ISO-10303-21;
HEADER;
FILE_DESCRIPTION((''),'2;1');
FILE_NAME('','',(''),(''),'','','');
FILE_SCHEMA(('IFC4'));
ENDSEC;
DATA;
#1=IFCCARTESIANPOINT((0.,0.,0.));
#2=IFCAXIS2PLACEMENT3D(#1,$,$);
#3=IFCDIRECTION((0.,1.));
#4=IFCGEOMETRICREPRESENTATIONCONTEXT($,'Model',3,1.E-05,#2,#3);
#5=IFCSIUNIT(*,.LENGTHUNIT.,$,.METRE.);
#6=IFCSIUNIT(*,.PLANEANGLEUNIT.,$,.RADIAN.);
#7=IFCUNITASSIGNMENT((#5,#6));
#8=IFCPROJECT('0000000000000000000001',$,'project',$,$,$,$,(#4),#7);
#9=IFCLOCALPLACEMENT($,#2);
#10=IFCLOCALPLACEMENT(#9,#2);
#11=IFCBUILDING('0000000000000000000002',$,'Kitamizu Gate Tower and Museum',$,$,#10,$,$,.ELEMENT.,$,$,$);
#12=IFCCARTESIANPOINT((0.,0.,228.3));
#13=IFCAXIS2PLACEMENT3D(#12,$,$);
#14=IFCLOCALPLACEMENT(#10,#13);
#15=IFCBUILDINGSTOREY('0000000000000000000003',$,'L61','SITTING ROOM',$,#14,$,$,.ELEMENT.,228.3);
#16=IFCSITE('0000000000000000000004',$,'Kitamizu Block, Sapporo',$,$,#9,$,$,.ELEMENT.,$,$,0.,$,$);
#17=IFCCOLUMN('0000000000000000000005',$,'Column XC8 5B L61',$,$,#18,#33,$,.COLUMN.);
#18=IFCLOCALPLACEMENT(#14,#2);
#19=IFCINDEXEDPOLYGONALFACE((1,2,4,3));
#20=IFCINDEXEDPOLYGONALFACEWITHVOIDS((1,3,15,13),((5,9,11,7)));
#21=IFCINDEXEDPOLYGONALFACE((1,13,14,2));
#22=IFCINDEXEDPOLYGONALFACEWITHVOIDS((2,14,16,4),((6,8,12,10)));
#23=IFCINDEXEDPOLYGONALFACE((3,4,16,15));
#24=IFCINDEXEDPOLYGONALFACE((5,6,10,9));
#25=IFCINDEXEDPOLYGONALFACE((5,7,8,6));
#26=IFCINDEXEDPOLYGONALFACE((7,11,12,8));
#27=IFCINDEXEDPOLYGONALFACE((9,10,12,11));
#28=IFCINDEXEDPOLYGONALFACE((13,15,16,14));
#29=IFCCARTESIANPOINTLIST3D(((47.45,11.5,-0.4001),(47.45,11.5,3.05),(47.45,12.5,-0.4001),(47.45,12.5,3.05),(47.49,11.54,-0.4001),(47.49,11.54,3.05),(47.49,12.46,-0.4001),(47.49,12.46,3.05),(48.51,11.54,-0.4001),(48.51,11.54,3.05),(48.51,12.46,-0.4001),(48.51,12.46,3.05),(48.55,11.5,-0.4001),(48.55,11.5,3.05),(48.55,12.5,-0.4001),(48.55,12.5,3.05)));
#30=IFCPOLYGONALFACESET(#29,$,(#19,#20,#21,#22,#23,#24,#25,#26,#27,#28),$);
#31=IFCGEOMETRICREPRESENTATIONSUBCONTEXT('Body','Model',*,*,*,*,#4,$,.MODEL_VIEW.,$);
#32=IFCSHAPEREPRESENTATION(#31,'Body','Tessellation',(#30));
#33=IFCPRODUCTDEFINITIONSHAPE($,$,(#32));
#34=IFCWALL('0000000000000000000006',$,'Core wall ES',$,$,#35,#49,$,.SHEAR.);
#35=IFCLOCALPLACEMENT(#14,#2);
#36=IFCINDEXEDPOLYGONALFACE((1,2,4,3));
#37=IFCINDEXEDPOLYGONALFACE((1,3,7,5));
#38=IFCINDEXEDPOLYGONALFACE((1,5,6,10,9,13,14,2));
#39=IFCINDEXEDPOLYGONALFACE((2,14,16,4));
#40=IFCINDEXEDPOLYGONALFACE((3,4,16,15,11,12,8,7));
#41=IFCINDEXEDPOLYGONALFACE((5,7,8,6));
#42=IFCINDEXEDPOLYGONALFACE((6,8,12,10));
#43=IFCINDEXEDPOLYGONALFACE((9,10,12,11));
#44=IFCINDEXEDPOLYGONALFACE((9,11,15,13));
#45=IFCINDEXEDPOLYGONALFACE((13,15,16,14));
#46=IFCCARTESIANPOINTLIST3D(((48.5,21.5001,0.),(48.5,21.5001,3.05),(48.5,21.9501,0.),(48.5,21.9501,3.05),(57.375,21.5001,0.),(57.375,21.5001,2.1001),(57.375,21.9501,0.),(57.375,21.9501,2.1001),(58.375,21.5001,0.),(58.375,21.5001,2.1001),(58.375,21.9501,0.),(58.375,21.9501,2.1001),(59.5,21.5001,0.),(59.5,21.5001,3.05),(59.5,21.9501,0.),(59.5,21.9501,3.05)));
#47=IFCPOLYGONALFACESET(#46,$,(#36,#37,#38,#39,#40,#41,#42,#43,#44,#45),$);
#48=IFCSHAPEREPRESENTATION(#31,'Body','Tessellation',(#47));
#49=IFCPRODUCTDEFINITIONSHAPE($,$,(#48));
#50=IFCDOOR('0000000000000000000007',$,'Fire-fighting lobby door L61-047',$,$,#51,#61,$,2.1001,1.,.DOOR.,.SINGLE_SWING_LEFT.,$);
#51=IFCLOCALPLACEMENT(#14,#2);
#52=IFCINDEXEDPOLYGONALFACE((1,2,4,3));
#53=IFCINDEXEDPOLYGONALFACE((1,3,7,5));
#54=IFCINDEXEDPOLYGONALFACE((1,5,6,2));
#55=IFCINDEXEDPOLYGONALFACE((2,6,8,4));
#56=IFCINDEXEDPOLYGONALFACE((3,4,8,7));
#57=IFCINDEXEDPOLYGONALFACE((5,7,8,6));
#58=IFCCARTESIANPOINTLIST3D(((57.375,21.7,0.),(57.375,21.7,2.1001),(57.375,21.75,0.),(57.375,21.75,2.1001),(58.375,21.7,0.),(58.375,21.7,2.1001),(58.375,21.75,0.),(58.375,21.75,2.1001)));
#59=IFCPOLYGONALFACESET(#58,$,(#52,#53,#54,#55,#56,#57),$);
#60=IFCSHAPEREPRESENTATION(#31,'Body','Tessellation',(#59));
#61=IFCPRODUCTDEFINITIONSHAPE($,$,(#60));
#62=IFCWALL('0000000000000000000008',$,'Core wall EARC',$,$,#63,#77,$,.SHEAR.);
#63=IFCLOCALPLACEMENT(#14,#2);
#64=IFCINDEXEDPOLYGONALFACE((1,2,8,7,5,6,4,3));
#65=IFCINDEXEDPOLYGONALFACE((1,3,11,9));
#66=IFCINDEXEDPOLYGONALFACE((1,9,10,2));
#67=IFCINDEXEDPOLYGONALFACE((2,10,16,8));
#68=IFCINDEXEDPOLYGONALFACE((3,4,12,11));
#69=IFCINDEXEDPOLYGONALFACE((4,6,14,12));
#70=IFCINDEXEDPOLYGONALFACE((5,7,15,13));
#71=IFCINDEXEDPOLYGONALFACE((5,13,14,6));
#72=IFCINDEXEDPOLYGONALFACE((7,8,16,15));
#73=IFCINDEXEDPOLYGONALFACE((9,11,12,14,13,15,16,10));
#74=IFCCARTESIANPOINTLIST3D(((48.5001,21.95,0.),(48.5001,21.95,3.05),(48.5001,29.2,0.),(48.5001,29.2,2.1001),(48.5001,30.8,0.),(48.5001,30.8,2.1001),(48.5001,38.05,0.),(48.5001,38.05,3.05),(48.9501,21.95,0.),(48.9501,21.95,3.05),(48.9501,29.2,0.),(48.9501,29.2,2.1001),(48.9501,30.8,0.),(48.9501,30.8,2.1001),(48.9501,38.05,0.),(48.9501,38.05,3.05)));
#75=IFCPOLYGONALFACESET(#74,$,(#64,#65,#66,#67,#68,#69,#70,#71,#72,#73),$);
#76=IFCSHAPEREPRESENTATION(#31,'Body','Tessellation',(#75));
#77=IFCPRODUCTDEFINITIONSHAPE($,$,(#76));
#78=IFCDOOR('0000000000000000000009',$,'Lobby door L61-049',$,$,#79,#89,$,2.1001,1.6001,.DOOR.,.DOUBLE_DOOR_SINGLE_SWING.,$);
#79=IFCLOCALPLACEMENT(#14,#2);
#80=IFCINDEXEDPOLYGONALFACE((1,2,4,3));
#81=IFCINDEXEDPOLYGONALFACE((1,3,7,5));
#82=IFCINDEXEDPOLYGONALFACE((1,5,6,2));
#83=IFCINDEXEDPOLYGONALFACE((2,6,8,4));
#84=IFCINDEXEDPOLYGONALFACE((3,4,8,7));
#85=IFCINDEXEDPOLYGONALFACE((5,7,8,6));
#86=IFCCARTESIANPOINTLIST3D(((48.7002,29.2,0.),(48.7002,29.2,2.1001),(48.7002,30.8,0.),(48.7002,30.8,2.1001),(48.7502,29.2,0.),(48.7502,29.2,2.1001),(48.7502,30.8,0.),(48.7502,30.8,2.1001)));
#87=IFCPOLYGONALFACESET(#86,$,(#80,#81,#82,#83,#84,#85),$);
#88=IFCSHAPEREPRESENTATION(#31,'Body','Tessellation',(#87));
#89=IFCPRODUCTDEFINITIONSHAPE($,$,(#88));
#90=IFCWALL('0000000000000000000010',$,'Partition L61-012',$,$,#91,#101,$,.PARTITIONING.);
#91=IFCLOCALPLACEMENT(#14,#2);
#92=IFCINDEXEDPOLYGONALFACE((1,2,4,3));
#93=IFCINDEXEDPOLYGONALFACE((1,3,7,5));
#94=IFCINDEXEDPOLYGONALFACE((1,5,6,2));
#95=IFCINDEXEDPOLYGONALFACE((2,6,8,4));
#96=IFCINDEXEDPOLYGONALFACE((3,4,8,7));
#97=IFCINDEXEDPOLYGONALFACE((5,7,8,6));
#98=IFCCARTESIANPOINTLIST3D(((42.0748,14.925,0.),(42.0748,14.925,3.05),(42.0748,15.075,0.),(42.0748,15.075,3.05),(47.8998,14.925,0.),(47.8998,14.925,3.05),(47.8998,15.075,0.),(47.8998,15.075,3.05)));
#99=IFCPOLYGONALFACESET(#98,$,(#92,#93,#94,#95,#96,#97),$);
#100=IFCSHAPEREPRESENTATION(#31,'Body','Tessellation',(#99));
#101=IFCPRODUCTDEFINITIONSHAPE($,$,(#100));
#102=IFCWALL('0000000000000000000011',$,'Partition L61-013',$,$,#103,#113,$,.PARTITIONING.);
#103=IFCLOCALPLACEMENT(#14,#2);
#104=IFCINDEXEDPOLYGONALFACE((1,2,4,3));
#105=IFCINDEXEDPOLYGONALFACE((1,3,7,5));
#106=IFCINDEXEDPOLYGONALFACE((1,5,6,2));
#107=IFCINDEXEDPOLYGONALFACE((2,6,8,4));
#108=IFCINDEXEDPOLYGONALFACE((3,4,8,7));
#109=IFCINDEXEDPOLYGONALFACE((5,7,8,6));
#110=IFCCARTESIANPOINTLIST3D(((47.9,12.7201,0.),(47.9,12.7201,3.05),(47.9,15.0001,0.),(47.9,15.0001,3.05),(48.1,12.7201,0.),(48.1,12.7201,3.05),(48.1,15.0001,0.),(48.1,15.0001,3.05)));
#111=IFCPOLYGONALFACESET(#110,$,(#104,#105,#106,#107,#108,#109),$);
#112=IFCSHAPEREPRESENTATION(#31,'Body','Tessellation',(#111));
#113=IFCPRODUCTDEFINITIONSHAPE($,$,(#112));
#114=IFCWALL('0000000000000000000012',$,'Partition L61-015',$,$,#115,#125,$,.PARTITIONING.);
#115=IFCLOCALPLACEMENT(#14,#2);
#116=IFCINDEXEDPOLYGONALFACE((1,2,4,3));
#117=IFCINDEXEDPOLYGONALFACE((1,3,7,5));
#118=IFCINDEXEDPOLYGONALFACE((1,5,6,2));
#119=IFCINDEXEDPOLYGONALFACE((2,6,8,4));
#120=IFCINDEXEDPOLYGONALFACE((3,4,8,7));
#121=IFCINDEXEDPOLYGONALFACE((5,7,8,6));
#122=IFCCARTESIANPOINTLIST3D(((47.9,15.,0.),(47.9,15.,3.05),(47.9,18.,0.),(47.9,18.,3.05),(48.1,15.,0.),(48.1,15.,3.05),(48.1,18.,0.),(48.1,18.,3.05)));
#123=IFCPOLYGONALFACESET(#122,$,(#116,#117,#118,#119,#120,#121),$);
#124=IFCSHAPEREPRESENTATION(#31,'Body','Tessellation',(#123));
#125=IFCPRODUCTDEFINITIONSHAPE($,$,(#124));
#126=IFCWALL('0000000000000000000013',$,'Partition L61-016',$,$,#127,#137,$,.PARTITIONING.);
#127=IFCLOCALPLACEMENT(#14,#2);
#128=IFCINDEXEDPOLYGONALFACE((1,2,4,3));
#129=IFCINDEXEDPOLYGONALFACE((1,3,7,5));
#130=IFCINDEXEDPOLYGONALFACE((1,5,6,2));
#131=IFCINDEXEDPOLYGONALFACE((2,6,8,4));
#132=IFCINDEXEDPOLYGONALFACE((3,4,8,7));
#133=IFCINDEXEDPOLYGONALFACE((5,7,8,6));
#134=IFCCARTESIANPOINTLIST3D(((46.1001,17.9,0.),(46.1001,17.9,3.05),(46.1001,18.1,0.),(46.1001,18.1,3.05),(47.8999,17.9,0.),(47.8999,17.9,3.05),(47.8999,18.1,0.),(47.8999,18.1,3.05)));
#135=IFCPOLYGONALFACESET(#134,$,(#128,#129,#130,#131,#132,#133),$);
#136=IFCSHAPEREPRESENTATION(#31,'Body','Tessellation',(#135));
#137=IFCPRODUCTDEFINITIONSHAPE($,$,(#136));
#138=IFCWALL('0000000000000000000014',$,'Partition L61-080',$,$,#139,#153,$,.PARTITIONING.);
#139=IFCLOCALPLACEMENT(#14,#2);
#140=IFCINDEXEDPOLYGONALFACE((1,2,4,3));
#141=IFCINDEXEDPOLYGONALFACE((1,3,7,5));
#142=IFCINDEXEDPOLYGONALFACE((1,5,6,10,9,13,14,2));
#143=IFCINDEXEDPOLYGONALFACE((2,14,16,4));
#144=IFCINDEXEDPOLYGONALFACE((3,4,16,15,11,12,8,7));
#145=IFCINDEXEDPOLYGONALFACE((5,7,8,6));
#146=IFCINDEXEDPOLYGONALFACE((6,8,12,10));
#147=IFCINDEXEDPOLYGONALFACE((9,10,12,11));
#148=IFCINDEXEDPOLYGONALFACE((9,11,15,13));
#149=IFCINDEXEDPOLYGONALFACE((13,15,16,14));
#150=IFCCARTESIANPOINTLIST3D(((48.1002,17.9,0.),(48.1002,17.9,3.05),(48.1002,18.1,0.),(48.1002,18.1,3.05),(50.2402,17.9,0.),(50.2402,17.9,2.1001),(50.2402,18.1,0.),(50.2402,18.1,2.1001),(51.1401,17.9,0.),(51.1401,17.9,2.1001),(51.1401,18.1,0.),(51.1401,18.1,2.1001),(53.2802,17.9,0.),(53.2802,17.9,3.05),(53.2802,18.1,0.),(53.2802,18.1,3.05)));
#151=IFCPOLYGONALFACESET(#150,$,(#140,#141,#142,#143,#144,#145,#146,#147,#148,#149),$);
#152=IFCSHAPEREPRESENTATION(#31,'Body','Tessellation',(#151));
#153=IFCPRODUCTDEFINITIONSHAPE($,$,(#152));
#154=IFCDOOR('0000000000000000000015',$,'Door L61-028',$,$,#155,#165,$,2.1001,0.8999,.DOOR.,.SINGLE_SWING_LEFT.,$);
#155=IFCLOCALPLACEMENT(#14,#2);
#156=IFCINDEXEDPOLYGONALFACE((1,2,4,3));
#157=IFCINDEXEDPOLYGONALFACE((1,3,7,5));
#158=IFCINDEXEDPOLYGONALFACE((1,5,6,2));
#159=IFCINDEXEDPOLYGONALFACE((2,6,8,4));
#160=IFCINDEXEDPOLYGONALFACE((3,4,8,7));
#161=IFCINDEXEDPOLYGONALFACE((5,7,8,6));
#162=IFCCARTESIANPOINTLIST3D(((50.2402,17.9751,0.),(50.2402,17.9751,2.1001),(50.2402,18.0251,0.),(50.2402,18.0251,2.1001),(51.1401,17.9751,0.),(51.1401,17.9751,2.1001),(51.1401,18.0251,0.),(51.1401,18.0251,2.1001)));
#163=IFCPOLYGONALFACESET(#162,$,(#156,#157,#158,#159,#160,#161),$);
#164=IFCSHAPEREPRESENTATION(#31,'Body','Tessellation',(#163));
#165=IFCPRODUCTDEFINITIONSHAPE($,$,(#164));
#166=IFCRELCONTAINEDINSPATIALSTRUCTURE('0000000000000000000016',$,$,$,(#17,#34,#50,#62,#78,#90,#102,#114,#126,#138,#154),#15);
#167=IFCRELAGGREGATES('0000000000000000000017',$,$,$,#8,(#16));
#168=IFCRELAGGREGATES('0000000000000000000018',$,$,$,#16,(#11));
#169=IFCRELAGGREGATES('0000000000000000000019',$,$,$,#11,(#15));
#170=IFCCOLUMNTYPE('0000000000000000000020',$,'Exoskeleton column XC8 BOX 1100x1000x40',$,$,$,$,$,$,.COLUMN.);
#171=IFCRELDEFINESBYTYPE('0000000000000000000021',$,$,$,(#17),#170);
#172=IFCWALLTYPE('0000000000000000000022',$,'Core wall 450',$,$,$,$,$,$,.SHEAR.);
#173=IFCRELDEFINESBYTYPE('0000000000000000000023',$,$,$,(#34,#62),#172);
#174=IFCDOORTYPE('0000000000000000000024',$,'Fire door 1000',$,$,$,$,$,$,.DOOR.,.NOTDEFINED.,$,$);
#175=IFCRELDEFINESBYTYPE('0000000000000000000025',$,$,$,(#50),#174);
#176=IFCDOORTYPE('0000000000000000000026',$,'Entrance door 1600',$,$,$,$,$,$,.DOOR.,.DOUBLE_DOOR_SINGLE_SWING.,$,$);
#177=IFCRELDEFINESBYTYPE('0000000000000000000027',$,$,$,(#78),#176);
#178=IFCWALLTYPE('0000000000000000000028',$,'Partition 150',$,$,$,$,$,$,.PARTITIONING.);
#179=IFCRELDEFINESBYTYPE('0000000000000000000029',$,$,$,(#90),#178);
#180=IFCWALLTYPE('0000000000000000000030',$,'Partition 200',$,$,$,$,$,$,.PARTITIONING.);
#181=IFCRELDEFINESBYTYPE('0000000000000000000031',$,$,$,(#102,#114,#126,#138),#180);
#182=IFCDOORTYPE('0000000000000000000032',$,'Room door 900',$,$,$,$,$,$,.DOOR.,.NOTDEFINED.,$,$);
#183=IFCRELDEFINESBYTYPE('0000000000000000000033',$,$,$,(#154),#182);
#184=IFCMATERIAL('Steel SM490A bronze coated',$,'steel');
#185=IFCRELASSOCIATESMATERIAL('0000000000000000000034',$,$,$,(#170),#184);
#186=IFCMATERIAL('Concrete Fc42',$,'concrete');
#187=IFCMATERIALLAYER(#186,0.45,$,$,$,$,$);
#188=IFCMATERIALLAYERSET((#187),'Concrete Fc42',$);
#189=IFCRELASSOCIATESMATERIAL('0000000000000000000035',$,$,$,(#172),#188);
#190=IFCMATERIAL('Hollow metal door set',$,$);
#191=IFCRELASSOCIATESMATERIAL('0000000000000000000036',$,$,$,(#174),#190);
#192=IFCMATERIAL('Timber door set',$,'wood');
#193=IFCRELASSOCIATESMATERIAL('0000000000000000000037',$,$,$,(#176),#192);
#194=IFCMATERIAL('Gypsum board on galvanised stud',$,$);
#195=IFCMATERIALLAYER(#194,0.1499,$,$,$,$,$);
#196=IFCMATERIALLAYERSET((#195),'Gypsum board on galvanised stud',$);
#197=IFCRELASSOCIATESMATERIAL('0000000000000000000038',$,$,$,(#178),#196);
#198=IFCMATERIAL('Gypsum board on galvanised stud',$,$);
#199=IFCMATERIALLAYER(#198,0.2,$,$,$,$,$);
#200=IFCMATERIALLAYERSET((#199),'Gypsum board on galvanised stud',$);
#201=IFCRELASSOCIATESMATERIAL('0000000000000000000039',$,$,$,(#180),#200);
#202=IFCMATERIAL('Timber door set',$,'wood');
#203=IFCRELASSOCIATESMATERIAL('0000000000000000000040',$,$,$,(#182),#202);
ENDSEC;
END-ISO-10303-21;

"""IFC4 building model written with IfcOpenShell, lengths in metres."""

from ifc_helpers import new_model, si_unit, direction, frame, frame_2d, origin, origin_2d, place, context, subcontext, project, spatial, rectangle, hollow_rectangle, extrude, material, layer, layer_set, material_profile, profile_set, type_object, element, fill, save


model = new_model("IFC4")

# Units and contexts
model_context = context("Model", 3, precision=1e-05, world=origin(), true_north=direction((0.0, 1.0)))
body_context = subcontext(model_context, "Body", "Model", "MODEL_VIEW")
ifc_project = project(units=[si_unit("LENGTHUNIT", "METRE"), si_unit("PLANEANGLEUNIT", "RADIAN")], contexts=[model_context])

# Site, building, storey
site_placement = place(None, origin())
site = spatial("IfcSite", under=ifc_project, at=site_placement, Name="Kitamizu Block, Sapporo", CompositionType="ELEMENT", RefElevation=0.0)
building_placement = place(site_placement, origin())
building = spatial("IfcBuilding", under=site, at=building_placement, Name="Kitamizu Gate Tower and Museum", CompositionType="ELEMENT")
storey_placement = place(building_placement, frame((0.0, 0.0, 228.3)))
storey = spatial("IfcBuildingStorey", under=building, at=storey_placement, Name="L61", Description="SITTING ROOM", CompositionType="ELEMENT", Elevation=228.3)

# Column
ifc_material_1 = material(Name="Steel SM490A bronze coated", Category="steel")
ifc_material_profile = material_profile(ifc_material_1, hollow_rectangle(XDim=1.1001, YDim=1.0, WallThickness=0.04, at=origin_2d()), Name="BOX 1100x1000x40")
ifc_profile_set = profile_set([ifc_material_profile], Name="Steel SM490A bronze coated")
column_type = type_object("IfcColumnType", Name="Exoskeleton column XC8 BOX 1100x1000x40", PredefinedType="COLUMN", material=ifc_profile_set)
column_placement = place(storey_placement, frame((48.0, 12.0, -0.4001), z_axis=(0.0, 0.0, 1.0), x_axis=(1.0, 0.0, 0.0)))
element("IfcColumn", 1, at=column_placement, inside=storey, type_object=column_type, Name="Column XC8 5B L61", PredefinedType="COLUMN", context=body_context, shape_type="SweptSolid", body=[
    extrude(hollow_rectangle(XDim=1.1001, YDim=1.0, WallThickness=0.04, at=origin_2d()), origin(), (0.0, 0.0, 1.0), 3.4502),
])

# Walls, openings, doors
ifc_material_2 = material(Name="Concrete Fc42", Category="concrete")
ifc_layer_1 = layer(ifc_material_2, 0.45)
ifc_layer_set_1 = layer_set([ifc_layer_1], Name="Concrete Fc42")
wall_type_1 = type_object("IfcWallType", Name="Core wall 450", PredefinedType="SHEAR", material=ifc_layer_set_1)
wall_1_placement = place(storey_placement, frame((59.5, 21.7251, 0.0), z_axis=(0.0, 0.0, 1.0), x_axis=(-1.0, 0.0, 0.0)))
wall_1 = element("IfcWall", 2, at=wall_1_placement, inside=storey, type_object=wall_type_1, Name="Core wall ES", PredefinedType="SHEAR", context=body_context, shape_type="SweptSolid", body=[
    extrude(rectangle(XDim=11.0, YDim=0.45, at=frame_2d((5.5, 0.0))), origin(), (0.0, 0.0, 1.0), 3.05),
])
opening_1_placement = place(wall_1_placement, frame((1.125, 0.0, 0.0)))
opening_1 = element("IfcOpeningElement", 3, at=opening_1_placement, cuts=wall_1, PredefinedType="OPENING", context=body_context, shape_type="SweptSolid", body=[
    extrude(rectangle(XDim=1.0, YDim=2.1001, at=frame_2d((0.5, 1.05))), frame((0.0, 0.2349, 0.0), z_axis=(0.0, -1.0, 0.0), x_axis=(1.0, 0.0, 0.0)), (0.0, 0.0, 1.0), 0.47),
])
ifc_material_3 = material(Name="Hollow metal door set")
door_type_1 = type_object("IfcDoorType", Name="Fire door 1000", OperationType="NOTDEFINED", PredefinedType="DOOR", material=ifc_material_3)
door_1_placement = place(opening_1_placement, frame((1.0, 0.0, 0.0), x_axis=(-1.0, 0.0, 0.0)))
door_1 = element("IfcDoor", 4, at=door_1_placement, inside=storey, type_object=door_type_1, Name="Fire-fighting lobby door L61-047", OperationType="SINGLE_SWING_LEFT", OverallHeight=2.1001, OverallWidth=1.0, PredefinedType="DOOR", context=body_context, shape_type="SweptSolid", body=[
    extrude(rectangle(XDim=1.0, YDim=2.1001, at=frame_2d((0.5, 1.05))), frame((0.0, 0.0249, 0.0), z_axis=(0.0, -1.0, 0.0), x_axis=(1.0, 0.0, 0.0)), (0.0, 0.0, 1.0), 0.05),
])
fill(opening_1, door_1)
wall_2_placement = place(storey_placement, frame((48.7251, 21.95, 0.0), z_axis=(0.0, 0.0, 1.0), x_axis=(0.0, 1.0, 0.0)))
wall_2 = element("IfcWall", 5, at=wall_2_placement, inside=storey, type_object=wall_type_1, Name="Core wall EARC", PredefinedType="SHEAR", context=body_context, shape_type="SweptSolid", body=[
    extrude(rectangle(XDim=16.1001, YDim=0.45, at=frame_2d((8.05, 0.0))), origin(), (0.0, 0.0, 1.0), 3.05),
])
opening_2_placement = place(wall_2_placement, frame((7.25, 0.0, 0.0)))
opening_2 = element("IfcOpeningElement", 6, at=opening_2_placement, cuts=wall_2, PredefinedType="OPENING", context=body_context, shape_type="SweptSolid", body=[
    extrude(rectangle(XDim=1.6001, YDim=2.1001, at=frame_2d((0.8, 1.05))), frame((0.0, 0.2349, 0.0), z_axis=(0.0, -1.0, 0.0), x_axis=(1.0, 0.0, 0.0)), (0.0, 0.0, 1.0), 0.47),
])
ifc_material_4 = material(Name="Timber door set", Category="wood")
door_type_2 = type_object("IfcDoorType", Name="Entrance door 1600", OperationType="DOUBLE_DOOR_SINGLE_SWING", PredefinedType="DOOR", material=ifc_material_4)
door_2_placement = place(opening_2_placement, origin())
door_2 = element("IfcDoor", 7, at=door_2_placement, inside=storey, type_object=door_type_2, Name="Lobby door L61-049", OperationType="DOUBLE_DOOR_SINGLE_SWING", OverallHeight=2.1001, OverallWidth=1.6001, PredefinedType="DOOR", context=body_context, shape_type="SweptSolid", body=[
    extrude(rectangle(XDim=1.6001, YDim=2.1001, at=frame_2d((0.8, 1.05))), frame((0.0, 0.0249, 0.0), z_axis=(0.0, -1.0, 0.0), x_axis=(1.0, 0.0, 0.0)), (0.0, 0.0, 1.0), 0.05),
])
fill(opening_2, door_2)

# Walls
ifc_material_5 = material(Name="Gypsum board on galvanised stud")
ifc_layer_2 = layer(ifc_material_5, 0.1499)
ifc_layer_set_2 = layer_set([ifc_layer_2], Name="Gypsum board on galvanised stud")
wall_type_2 = type_object("IfcWallType", Name="Partition 150", PredefinedType="PARTITIONING", material=ifc_layer_set_2)
wall_3_placement = place(storey_placement, frame((47.8999, 15.0, 0.0), z_axis=(0.0, 0.0, 1.0), x_axis=(-1.0, 0.0, 0.0)))
element("IfcWall", 8, at=wall_3_placement, inside=storey, type_object=wall_type_2, Name="Partition L61-012", PredefinedType="PARTITIONING", context=body_context, shape_type="SweptSolid", body=[
    extrude(rectangle(XDim=5.825, YDim=0.1499, at=frame_2d((2.9126, 0.0))), origin(), (0.0, 0.0, 1.0), 3.05),
])
ifc_material_6 = material(Name="Gypsum board on galvanised stud")
ifc_layer_3 = layer(ifc_material_6, 0.2)
ifc_layer_set_3 = layer_set([ifc_layer_3], Name="Gypsum board on galvanised stud")
wall_type_3 = type_object("IfcWallType", Name="Partition 200", PredefinedType="PARTITIONING", material=ifc_layer_set_3)
wall_4_placement = place(storey_placement, frame((48.0, 12.72, 0.0), z_axis=(0.0, 0.0, 1.0), x_axis=(0.0, 1.0, 0.0)))
element("IfcWall", 9, at=wall_4_placement, inside=storey, type_object=wall_type_3, Name="Partition L61-013", PredefinedType="PARTITIONING", context=body_context, shape_type="SweptSolid", body=[
    extrude(rectangle(XDim=2.28, YDim=0.2, at=frame_2d((1.1401, 0.0))), origin(), (0.0, 0.0, 1.0), 3.05),
])
wall_5_placement = place(storey_placement, frame((48.0, 15.0, 0.0), z_axis=(0.0, 0.0, 1.0), x_axis=(0.0, 1.0, 0.0)))
element("IfcWall", 10, at=wall_5_placement, inside=storey, type_object=wall_type_3, Name="Partition L61-015", PredefinedType="PARTITIONING", context=body_context, shape_type="SweptSolid", body=[
    extrude(rectangle(XDim=3.0, YDim=0.2, at=frame_2d((1.5, 0.0))), origin(), (0.0, 0.0, 1.0), 3.05),
])
wall_6_placement = place(storey_placement, frame((47.8999, 18.0, 0.0), z_axis=(0.0, 0.0, 1.0), x_axis=(-1.0, 0.0, 0.0)))
element("IfcWall", 11, at=wall_6_placement, inside=storey, type_object=wall_type_3, Name="Partition L61-016", PredefinedType="PARTITIONING", context=body_context, shape_type="SweptSolid", body=[
    extrude(rectangle(XDim=1.7998, YDim=0.2, at=frame_2d((0.8999, 0.0))), origin(), (0.0, 0.0, 1.0), 3.05),
])

# Wall, opening, door
wall_7_placement = place(storey_placement, frame((53.28, 18.0, 0.0), z_axis=(0.0, 0.0, 1.0), x_axis=(-1.0, 0.0, 0.0)))
wall_7 = element("IfcWall", 12, at=wall_7_placement, inside=storey, type_object=wall_type_3, Name="Partition L61-080", PredefinedType="PARTITIONING", context=body_context, shape_type="SweptSolid", body=[
    extrude(rectangle(XDim=5.1799, YDim=0.2, at=frame_2d((2.5898, 0.0))), origin(), (0.0, 0.0, 1.0), 3.05),
])
opening_3_placement = place(wall_7_placement, frame((2.1399, 0.0, 0.0)))
opening_3 = element("IfcOpeningElement", 13, at=opening_3_placement, cuts=wall_7, PredefinedType="OPENING", context=body_context, shape_type="SweptSolid", body=[
    extrude(rectangle(XDim=0.8999, YDim=2.1001, at=frame_2d((0.45, 1.05))), frame((0.0, 0.1099, 0.0), z_axis=(0.0, -1.0, 0.0), x_axis=(1.0, 0.0, 0.0)), (0.0, 0.0, 1.0), 0.22),
])
ifc_material_7 = material(Name="Timber door set", Category="wood")
door_type_3 = type_object("IfcDoorType", Name="Room door 900", OperationType="NOTDEFINED", PredefinedType="DOOR", material=ifc_material_7)
door_3_placement = place(opening_3_placement, origin())
door_3 = element("IfcDoor", 14, at=door_3_placement, inside=storey, type_object=door_type_3, Name="Door L61-028", OperationType="SINGLE_SWING_LEFT", OverallHeight=2.1001, OverallWidth=0.8999, PredefinedType="DOOR", context=body_context, shape_type="SweptSolid", body=[
    extrude(rectangle(XDim=0.8999, YDim=2.1001, at=frame_2d((0.45, 1.05))), frame((0.0, 0.0249, 0.0), z_axis=(0.0, -1.0, 0.0), x_axis=(1.0, 0.0, 0.0)), (0.0, 0.0, 1.0), 0.05),
])
fill(opening_3, door_3)

save(model, "model.ifc")
